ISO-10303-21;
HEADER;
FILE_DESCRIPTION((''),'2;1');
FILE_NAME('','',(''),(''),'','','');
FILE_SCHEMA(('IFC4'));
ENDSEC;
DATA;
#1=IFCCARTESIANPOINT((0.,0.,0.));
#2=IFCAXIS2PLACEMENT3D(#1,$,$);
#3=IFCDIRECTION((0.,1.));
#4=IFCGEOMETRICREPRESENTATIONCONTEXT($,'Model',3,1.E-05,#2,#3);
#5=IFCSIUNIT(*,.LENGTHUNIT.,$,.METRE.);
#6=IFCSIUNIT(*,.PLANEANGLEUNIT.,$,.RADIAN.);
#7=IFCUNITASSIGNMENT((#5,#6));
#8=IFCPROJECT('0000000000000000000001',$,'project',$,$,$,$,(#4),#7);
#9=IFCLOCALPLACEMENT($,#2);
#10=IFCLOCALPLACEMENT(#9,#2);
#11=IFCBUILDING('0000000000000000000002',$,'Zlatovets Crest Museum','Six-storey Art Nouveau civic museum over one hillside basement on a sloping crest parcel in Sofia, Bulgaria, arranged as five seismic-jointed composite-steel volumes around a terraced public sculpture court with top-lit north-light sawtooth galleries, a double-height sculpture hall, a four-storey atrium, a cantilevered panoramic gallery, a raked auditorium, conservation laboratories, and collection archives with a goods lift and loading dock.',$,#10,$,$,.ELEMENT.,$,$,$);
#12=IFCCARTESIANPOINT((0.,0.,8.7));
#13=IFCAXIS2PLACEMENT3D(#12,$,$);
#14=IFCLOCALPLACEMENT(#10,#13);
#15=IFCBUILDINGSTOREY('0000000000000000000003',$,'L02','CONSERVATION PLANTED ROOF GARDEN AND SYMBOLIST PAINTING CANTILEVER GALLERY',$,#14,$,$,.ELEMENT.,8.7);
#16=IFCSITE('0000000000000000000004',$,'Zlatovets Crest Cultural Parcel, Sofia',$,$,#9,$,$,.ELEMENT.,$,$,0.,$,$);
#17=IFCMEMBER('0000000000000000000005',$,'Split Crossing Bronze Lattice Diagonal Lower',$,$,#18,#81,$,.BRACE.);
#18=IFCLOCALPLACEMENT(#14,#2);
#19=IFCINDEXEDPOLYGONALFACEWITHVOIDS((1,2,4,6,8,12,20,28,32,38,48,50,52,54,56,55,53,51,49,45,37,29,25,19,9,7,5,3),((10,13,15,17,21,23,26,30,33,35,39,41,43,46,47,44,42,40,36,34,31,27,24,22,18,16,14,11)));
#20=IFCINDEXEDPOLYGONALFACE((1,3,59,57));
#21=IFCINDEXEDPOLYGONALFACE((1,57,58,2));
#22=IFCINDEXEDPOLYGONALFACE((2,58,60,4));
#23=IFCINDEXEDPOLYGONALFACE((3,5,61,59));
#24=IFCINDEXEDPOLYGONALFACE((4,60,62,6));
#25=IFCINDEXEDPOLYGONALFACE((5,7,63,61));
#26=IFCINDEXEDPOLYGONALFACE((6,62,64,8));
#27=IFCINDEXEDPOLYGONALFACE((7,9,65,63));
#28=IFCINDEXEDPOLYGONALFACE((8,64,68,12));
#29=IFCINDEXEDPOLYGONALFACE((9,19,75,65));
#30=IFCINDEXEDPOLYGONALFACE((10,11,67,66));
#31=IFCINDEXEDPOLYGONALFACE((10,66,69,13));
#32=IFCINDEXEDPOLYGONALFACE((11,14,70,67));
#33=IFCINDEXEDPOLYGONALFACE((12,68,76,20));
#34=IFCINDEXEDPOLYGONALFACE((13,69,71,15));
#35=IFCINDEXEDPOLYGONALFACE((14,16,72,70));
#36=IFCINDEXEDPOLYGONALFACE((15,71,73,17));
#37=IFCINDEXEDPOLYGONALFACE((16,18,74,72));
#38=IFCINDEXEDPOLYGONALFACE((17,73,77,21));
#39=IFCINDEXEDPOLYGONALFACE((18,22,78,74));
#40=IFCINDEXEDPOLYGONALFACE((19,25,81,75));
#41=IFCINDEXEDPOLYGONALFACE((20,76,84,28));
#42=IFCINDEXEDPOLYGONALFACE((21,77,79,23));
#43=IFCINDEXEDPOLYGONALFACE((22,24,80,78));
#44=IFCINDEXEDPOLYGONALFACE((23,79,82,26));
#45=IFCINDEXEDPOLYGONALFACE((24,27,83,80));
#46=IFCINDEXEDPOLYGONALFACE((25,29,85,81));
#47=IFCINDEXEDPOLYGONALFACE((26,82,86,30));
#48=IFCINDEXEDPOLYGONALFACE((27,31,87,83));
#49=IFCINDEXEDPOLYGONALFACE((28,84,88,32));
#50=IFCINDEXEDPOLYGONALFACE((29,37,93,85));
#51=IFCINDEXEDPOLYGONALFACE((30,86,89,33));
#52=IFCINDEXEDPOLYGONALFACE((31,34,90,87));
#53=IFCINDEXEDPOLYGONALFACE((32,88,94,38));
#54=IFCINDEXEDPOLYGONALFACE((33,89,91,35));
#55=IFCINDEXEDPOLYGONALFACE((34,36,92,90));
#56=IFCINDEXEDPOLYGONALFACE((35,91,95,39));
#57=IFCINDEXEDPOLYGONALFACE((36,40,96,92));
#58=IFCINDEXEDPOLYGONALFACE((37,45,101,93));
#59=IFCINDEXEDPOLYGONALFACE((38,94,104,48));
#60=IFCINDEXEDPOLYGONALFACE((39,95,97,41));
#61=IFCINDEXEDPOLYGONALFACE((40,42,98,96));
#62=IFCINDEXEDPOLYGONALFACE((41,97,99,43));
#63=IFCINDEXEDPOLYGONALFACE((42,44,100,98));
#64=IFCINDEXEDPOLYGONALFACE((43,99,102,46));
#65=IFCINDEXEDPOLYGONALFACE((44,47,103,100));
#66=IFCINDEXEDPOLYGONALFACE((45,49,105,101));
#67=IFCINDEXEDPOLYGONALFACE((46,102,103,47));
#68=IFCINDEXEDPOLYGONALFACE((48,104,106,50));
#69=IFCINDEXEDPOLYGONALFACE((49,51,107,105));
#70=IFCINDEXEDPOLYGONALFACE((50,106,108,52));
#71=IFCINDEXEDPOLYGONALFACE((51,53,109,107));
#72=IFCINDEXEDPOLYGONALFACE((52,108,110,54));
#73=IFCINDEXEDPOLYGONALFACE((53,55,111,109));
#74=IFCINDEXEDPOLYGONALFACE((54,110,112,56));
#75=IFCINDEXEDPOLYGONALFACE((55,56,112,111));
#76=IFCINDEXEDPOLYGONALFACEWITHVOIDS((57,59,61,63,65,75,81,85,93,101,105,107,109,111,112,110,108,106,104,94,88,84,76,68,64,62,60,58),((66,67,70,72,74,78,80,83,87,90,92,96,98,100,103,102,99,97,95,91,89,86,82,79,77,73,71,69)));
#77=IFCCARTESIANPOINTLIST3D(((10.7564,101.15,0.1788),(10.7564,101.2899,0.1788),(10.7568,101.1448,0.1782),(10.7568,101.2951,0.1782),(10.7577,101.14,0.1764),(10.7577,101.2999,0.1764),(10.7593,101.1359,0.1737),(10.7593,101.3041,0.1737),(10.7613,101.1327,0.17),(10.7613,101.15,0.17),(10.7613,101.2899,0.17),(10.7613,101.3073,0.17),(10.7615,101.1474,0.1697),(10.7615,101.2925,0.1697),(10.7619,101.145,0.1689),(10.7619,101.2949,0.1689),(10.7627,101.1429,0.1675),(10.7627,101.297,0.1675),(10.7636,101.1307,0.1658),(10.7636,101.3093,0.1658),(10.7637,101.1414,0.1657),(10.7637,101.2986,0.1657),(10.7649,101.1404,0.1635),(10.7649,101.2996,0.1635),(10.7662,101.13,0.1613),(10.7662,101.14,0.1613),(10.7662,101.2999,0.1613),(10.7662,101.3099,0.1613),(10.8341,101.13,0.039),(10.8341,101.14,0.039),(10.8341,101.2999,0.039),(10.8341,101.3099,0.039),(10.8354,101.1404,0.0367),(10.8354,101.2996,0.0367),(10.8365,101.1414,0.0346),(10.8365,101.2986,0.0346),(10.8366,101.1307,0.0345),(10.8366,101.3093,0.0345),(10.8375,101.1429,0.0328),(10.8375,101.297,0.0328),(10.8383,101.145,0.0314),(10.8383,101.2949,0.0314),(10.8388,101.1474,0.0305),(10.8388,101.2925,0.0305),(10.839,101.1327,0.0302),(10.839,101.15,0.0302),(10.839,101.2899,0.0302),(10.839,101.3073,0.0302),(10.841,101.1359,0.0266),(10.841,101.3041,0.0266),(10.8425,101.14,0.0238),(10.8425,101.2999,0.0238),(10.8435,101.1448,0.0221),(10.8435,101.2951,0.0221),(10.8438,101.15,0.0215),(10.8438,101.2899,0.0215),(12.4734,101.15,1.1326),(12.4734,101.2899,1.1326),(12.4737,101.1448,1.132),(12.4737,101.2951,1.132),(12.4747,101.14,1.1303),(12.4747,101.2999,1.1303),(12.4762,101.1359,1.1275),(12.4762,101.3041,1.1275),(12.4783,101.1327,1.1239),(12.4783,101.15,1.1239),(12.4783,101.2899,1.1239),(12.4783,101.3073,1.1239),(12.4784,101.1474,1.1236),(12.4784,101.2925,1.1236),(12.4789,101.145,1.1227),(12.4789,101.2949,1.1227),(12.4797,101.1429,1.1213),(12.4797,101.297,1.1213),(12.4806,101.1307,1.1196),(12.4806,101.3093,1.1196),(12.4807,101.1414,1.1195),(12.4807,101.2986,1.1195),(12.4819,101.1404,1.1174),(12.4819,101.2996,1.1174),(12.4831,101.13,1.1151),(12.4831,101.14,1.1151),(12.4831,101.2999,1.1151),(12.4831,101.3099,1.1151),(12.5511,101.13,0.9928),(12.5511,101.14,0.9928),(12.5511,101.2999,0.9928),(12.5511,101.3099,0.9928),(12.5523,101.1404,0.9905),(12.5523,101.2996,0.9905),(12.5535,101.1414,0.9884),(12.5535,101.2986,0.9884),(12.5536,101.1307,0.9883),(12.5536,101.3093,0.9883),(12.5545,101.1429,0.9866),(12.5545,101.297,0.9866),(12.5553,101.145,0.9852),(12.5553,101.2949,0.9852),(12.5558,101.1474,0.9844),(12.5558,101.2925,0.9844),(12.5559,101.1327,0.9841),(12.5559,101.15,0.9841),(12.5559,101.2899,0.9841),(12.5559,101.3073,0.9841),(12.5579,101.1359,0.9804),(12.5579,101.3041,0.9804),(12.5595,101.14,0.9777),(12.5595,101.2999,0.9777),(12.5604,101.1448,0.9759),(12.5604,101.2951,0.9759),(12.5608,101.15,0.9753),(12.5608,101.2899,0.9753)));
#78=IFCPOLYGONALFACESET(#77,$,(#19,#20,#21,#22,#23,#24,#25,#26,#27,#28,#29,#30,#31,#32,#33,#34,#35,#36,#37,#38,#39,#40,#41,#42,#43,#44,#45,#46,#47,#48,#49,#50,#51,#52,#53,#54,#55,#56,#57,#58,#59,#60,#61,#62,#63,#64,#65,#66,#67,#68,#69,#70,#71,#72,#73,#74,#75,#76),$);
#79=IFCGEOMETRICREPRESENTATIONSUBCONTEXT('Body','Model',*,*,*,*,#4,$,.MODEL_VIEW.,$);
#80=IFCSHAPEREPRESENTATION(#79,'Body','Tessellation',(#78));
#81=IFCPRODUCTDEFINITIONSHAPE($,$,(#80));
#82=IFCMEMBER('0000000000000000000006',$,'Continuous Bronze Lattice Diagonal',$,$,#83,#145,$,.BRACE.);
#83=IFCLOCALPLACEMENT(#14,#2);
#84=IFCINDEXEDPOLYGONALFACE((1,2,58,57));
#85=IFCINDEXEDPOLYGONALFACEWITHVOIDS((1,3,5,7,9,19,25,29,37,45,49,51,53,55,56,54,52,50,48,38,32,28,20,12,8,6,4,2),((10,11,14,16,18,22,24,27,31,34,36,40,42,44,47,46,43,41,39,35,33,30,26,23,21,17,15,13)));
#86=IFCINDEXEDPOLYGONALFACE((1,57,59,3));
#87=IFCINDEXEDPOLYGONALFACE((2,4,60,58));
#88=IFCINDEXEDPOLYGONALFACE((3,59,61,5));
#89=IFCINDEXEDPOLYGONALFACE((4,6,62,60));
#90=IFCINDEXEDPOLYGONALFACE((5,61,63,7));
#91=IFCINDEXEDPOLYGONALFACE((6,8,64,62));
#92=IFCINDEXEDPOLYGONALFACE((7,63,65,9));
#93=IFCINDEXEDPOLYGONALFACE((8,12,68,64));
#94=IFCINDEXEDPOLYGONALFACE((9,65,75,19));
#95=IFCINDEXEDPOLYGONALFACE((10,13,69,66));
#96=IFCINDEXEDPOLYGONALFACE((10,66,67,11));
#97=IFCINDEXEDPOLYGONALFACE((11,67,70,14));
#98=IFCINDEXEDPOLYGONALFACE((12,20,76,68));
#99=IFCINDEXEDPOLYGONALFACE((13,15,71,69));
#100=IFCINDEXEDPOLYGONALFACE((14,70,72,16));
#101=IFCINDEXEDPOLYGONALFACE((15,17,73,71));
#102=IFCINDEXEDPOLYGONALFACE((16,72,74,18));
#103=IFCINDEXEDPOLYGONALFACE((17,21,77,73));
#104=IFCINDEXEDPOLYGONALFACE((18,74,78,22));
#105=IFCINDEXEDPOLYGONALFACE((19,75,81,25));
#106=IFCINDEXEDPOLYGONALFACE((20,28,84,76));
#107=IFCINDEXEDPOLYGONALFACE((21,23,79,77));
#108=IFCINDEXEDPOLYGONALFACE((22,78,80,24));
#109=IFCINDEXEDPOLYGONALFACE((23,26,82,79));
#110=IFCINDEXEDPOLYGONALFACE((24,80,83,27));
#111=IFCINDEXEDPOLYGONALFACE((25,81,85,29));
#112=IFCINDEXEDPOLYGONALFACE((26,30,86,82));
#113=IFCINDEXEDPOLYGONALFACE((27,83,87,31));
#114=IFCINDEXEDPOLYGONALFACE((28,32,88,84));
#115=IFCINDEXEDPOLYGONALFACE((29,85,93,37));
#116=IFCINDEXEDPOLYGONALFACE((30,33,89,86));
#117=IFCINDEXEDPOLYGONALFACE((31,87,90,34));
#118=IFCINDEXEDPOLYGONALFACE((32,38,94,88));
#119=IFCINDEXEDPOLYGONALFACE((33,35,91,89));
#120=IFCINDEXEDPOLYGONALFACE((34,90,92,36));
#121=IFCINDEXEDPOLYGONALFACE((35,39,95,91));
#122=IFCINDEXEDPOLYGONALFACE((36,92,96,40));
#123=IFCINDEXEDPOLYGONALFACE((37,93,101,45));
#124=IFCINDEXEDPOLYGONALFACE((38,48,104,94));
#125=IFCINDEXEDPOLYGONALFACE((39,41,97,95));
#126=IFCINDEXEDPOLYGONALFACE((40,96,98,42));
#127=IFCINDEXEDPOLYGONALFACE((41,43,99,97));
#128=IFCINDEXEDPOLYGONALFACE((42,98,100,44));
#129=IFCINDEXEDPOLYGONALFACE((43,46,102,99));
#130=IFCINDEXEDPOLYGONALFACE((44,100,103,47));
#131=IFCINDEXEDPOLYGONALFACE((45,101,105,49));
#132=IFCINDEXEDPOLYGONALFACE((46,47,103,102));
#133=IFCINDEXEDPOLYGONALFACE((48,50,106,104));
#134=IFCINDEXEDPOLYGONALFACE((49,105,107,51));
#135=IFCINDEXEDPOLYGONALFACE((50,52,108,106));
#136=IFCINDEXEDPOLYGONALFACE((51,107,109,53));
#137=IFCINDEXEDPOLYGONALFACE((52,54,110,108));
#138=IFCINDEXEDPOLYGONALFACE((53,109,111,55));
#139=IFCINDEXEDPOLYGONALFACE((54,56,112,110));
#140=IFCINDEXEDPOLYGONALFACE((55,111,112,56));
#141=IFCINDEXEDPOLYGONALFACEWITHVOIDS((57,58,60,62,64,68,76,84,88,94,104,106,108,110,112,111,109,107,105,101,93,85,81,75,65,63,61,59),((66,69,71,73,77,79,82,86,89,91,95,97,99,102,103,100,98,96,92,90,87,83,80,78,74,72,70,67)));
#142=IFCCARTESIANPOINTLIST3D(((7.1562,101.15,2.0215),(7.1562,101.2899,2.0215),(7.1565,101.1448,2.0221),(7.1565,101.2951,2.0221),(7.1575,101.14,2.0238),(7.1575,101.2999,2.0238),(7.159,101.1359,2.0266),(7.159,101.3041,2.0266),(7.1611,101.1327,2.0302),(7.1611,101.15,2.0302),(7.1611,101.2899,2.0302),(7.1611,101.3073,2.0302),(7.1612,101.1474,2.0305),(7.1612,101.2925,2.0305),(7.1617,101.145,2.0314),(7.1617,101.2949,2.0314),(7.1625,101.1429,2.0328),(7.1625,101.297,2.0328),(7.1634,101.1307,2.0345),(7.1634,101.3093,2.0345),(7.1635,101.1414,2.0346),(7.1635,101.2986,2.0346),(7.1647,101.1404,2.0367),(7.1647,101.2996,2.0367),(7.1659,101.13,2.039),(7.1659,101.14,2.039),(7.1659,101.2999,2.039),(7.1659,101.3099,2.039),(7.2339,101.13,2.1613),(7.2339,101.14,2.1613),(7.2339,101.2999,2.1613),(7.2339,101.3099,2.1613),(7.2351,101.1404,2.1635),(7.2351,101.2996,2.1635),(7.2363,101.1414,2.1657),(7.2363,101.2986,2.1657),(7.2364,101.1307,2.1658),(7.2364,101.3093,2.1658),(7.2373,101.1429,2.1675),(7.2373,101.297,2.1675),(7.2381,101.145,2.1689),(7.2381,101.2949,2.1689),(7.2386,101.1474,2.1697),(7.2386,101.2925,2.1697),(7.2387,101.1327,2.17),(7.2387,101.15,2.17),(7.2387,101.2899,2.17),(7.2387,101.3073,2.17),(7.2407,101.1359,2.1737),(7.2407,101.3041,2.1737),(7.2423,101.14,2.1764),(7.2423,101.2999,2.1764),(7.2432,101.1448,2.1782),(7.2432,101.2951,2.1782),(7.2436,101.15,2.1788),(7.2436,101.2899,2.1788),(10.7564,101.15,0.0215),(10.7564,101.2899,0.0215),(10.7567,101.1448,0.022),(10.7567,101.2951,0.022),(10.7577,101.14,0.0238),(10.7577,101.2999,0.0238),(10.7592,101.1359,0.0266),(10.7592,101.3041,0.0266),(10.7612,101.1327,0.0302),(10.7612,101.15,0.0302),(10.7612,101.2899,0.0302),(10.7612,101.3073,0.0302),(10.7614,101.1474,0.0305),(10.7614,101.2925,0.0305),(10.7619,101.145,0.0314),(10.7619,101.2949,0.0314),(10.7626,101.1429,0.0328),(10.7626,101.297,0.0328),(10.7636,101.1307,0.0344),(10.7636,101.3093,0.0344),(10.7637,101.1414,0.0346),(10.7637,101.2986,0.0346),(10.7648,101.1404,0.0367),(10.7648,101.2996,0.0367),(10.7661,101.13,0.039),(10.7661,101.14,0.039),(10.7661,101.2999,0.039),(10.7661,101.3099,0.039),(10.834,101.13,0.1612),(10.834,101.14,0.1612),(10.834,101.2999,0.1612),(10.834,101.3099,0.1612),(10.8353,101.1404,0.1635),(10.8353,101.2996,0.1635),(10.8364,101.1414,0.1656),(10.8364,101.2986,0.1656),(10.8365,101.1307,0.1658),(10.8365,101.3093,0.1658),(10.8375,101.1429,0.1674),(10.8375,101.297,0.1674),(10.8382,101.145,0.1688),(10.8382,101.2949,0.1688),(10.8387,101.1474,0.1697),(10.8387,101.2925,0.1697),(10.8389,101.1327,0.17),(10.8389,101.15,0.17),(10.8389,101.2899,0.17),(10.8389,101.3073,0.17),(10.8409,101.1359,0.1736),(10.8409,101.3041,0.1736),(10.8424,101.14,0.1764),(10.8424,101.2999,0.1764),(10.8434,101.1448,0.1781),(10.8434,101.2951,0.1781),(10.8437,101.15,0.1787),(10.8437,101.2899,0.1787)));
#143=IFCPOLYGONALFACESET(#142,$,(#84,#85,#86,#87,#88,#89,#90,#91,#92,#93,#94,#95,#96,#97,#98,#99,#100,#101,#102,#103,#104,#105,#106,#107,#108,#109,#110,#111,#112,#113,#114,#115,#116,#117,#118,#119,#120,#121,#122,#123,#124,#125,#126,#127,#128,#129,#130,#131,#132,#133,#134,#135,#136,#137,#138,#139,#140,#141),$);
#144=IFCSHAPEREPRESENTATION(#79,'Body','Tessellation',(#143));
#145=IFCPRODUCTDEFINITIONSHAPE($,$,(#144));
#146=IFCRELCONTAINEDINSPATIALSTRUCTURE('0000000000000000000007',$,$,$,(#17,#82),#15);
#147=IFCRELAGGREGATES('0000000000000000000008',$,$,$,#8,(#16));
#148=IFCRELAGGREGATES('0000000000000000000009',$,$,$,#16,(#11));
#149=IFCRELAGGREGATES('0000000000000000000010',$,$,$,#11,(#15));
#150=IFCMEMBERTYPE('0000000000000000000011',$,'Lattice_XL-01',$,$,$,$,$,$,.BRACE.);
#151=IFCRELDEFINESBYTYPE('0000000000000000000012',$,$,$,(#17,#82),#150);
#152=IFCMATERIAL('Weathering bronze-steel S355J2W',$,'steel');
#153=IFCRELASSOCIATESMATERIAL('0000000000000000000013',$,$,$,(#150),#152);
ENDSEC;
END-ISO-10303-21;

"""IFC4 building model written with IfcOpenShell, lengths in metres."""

from ifc_helpers import new_model, si_unit, direction, frame, origin, origin_2d, place, context, subcontext, project, spatial, hollow_rectangle, extrude, material, material_profile, profile_set, type_object, element, save


model = new_model("IFC4")

# Units and contexts
model_context = context("Model", 3, precision=1e-05, world=origin(), true_north=direction((0.0, 1.0)))
body_context = subcontext(model_context, "Body", "Model", "MODEL_VIEW")
ifc_project = project(units=[si_unit("LENGTHUNIT", "METRE"), si_unit("PLANEANGLEUNIT", "RADIAN")], contexts=[model_context])

# Site, building, storey
site_placement = place(None, origin())
site = spatial("IfcSite", under=ifc_project, at=site_placement, Name="Zlatovets Crest Cultural Parcel, Sofia", CompositionType="ELEMENT", RefElevation=0.0)
building_placement = place(site_placement, origin())
building = spatial("IfcBuilding", under=site, at=building_placement, Name="Zlatovets Crest Museum", Description="Six-storey Art Nouveau civic museum over one hillside basement on a sloping crest parcel in Sofia, Bulgaria, arranged as five seismic-jointed composite-steel volumes around a terraced public sculpture court with top-lit north-light sawtooth galleries, a double-height sculpture hall, a four-storey atrium, a cantilevered panoramic gallery, a raked auditorium, conservation laboratories, and collection archives with a goods lift and loading dock.", CompositionType="ELEMENT")
storey_placement = place(building_placement, frame((0.0, 0.0, 8.7)))
storey = spatial("IfcBuildingStorey", under=building, at=storey_placement, Name="L02", Description="CONSERVATION PLANTED ROOF GARDEN AND SYMBOLIST PAINTING CANTILEVER GALLERY", CompositionType="ELEMENT", Elevation=8.7)

# Members
ifc_material_1 = material(Name="Weathering bronze-steel S355J2W", Category="steel")
ifc_material_profile_1 = material_profile(ifc_material_1, hollow_rectangle(XDim=0.1799, YDim=0.1799, WallThickness=0.01, InnerFilletRadius=0.01, OuterFilletRadius=0.02, at=origin_2d()), Name="SHS 180x180x10.0")
ifc_profile_set_1 = profile_set([ifc_material_profile_1], Name="Weathering bronze-steel S355J2W")
member_type_1 = type_object("IfcMemberType", Name="Lattice_XL-01", PredefinedType="BRACE", material=ifc_profile_set_1)
member_1_placement = place(storey_placement, frame((12.5171, 101.22, 1.054), z_axis=(-0.874169, 0.0, -0.485622), x_axis=(0.0, -1.0, 0.0)))
element("IfcMember", 1, at=member_1_placement, inside=storey, type_object=member_type_1, Name="Split Crossing Bronze Lattice Diagonal Lower", PredefinedType="BRACE", context=body_context, shape_type="SweptSolid", body=[
    extrude(hollow_rectangle(XDim=0.1799, YDim=0.1799, WallThickness=0.01, InnerFilletRadius=0.01, OuterFilletRadius=0.02, at=origin_2d()), origin(), (0.0, 0.0, 1.0), 1.9641),
])
member_2_placement = place(storey_placement, frame((10.8, 101.22, 0.1001), z_axis=(-0.874163, 0.0, 0.485633), x_axis=(0.0, -1.0, 0.0)))
element("IfcMember", 2, at=member_2_placement, inside=storey, type_object=member_type_1, Name="Continuous Bronze Lattice Diagonal", PredefinedType="BRACE", context=body_context, shape_type="SweptSolid", body=[
    extrude(hollow_rectangle(XDim=0.1799, YDim=0.1799, WallThickness=0.01, InnerFilletRadius=0.01, OuterFilletRadius=0.02, at=origin_2d()), origin(), (0.0, 0.0, 1.0), 4.1184),
])

save(model, "model.ifc")
